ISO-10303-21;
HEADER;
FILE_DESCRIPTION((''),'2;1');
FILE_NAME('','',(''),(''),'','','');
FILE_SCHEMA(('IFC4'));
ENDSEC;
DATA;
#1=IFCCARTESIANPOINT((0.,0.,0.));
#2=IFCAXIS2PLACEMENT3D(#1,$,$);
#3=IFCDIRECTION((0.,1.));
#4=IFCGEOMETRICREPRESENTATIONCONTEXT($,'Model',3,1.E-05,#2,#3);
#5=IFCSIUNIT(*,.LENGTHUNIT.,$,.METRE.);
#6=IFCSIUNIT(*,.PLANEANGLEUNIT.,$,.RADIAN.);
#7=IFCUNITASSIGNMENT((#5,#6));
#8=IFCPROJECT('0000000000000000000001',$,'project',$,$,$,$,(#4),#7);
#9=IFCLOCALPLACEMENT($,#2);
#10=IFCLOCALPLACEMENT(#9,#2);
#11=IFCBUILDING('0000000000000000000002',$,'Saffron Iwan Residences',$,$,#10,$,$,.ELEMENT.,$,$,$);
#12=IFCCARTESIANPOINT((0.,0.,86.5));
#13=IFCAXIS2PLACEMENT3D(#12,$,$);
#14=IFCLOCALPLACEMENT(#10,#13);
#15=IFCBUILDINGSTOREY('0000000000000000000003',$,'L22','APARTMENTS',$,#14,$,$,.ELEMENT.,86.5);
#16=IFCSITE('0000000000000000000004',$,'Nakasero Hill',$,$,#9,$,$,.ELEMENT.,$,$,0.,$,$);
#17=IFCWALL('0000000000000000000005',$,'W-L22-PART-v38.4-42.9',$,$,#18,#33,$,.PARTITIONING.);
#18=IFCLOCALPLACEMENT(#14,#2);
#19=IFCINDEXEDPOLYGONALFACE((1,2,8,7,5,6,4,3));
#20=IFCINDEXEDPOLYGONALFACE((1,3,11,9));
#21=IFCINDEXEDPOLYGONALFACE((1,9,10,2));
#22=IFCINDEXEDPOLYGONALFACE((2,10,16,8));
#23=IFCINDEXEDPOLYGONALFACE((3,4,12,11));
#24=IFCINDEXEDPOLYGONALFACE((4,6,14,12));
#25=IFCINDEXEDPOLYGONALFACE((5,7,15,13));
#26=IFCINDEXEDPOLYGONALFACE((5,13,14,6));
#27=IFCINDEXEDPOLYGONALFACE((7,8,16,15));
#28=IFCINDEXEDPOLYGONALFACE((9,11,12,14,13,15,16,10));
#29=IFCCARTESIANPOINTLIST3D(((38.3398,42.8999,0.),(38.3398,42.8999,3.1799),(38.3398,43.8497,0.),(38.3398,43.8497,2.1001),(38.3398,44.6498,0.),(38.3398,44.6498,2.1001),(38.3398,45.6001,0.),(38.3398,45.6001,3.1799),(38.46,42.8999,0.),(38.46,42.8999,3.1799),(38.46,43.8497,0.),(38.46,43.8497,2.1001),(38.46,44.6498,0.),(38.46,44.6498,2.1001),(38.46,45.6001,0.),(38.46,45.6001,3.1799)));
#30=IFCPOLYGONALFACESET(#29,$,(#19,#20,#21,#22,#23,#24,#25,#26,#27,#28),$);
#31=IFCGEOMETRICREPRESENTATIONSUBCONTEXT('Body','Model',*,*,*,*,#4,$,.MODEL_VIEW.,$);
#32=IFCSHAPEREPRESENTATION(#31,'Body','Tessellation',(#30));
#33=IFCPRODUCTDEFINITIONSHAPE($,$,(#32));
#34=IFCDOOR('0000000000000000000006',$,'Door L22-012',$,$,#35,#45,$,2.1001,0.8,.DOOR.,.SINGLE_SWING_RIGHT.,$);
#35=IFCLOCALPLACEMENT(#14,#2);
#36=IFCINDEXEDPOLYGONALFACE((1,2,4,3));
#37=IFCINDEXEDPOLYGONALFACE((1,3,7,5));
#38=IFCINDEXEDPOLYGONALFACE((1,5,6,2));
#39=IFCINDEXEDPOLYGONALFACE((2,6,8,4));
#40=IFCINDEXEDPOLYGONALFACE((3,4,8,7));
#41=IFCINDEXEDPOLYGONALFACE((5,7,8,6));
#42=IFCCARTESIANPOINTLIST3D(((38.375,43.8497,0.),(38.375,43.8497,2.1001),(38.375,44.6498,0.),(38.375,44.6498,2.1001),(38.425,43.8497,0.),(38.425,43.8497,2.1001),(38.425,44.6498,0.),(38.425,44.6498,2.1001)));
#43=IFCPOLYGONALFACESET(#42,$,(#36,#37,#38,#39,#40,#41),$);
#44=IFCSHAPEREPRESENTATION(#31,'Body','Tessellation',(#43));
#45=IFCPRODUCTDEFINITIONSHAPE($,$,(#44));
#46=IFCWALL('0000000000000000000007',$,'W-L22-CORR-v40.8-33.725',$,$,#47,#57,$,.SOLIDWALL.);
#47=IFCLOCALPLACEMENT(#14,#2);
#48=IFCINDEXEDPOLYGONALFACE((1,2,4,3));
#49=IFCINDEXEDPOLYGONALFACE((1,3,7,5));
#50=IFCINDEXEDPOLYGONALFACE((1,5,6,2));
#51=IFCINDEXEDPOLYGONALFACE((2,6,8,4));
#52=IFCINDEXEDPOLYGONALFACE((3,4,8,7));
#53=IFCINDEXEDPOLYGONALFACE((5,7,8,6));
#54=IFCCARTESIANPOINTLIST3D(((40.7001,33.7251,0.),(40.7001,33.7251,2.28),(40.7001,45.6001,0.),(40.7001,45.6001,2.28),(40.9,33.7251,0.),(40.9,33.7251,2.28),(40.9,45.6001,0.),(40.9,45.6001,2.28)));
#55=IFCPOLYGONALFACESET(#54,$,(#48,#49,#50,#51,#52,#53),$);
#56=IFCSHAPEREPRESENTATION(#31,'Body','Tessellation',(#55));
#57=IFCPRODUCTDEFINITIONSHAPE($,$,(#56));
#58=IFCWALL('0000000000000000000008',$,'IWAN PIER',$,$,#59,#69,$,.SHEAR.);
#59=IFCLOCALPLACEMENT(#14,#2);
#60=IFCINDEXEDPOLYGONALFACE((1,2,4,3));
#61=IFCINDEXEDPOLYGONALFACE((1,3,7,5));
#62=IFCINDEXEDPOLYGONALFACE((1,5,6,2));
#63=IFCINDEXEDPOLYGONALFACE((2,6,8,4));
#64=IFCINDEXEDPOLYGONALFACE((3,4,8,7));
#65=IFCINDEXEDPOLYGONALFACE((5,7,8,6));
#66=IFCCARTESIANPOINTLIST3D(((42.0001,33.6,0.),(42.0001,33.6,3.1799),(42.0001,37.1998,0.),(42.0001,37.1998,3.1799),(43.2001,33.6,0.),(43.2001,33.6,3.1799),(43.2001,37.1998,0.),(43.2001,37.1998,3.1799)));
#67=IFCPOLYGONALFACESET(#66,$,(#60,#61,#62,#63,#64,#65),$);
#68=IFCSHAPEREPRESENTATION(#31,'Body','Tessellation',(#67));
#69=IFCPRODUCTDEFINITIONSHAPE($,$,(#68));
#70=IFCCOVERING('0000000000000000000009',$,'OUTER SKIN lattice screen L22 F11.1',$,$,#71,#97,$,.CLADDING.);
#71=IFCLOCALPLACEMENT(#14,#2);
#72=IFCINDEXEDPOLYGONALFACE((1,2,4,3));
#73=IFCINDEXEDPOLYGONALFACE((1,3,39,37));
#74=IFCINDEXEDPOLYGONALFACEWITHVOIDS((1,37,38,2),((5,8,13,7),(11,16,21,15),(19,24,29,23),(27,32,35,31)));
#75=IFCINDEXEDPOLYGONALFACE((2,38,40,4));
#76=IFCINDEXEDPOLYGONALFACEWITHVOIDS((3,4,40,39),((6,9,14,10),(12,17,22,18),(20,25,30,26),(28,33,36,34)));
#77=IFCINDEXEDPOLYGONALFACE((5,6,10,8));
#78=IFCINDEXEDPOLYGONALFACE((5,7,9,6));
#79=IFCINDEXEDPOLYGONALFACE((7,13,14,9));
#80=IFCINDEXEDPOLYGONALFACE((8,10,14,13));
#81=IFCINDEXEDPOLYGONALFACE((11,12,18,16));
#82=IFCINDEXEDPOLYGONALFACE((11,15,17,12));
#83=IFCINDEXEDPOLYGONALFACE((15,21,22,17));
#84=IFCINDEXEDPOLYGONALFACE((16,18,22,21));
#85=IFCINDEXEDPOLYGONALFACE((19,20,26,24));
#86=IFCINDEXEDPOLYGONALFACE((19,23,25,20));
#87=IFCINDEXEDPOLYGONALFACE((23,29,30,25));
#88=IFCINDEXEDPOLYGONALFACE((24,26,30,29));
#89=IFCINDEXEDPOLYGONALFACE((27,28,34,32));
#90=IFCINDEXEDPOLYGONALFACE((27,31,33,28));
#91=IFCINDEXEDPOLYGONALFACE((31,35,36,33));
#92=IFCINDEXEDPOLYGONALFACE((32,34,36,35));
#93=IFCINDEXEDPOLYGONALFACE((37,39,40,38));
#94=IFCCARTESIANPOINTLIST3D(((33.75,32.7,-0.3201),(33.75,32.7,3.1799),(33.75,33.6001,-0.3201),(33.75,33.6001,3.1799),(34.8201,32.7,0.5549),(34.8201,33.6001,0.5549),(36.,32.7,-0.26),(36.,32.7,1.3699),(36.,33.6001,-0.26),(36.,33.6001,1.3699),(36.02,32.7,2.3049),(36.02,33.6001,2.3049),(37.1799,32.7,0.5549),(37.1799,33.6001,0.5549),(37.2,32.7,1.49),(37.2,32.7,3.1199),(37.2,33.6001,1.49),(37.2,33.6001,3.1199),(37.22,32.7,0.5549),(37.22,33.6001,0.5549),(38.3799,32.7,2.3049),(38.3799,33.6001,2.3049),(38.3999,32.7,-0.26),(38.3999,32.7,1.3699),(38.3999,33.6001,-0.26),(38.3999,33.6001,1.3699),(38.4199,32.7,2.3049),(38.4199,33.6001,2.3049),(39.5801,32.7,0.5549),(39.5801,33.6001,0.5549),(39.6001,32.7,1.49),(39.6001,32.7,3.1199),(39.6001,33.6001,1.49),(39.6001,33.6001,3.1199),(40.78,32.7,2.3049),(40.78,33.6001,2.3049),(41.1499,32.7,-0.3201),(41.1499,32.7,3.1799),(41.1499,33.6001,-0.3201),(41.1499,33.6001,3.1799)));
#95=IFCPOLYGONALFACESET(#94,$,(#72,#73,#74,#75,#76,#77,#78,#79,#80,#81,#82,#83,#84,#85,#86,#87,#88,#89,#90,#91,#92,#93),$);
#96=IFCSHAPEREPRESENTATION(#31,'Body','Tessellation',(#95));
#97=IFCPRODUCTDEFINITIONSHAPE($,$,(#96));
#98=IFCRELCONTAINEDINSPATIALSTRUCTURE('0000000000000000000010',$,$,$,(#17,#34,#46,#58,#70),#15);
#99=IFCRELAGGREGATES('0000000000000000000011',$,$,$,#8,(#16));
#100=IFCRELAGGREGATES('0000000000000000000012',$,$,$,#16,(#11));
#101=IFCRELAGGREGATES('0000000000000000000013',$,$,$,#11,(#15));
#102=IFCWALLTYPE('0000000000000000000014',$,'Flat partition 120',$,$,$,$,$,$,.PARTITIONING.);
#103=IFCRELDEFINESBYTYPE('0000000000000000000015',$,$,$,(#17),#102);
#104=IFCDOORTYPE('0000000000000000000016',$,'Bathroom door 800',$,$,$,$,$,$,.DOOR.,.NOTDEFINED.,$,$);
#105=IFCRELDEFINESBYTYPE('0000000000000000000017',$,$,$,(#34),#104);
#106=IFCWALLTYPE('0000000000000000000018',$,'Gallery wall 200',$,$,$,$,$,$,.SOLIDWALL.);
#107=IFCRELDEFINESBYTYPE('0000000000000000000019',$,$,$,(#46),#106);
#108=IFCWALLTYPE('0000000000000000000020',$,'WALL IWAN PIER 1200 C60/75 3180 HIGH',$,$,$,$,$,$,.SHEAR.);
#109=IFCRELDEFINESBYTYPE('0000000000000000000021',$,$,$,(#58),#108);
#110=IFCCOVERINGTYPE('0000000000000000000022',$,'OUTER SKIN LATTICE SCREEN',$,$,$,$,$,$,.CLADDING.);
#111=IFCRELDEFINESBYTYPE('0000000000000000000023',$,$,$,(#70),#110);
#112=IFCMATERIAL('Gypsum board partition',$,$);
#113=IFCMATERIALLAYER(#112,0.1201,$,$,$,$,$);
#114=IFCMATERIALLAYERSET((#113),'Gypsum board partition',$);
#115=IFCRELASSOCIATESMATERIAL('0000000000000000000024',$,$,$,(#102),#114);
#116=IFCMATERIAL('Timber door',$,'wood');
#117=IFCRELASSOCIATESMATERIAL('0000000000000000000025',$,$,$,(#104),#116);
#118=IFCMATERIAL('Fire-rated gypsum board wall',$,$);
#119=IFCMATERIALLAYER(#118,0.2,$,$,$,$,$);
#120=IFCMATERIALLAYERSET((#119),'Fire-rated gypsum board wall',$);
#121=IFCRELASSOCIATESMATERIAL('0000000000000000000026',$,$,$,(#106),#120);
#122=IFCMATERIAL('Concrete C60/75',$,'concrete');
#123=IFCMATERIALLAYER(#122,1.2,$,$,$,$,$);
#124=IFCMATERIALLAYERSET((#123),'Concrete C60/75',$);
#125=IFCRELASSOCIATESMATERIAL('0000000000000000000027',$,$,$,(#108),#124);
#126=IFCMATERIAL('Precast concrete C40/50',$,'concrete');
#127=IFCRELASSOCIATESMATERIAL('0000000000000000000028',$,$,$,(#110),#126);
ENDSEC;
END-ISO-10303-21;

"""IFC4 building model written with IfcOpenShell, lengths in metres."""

from ifc_helpers import new_model, si_unit, direction, frame, frame_2d, origin, place, context, subcontext, project, spatial, polyline, rectangle, outline, extrude, material, layer, layer_set, type_object, element, fill, save


model = new_model("IFC4")

# Units and contexts
model_context = context("Model", 3, precision=1e-05, world=origin(), true_north=direction((0.0, 1.0)))
body_context = subcontext(model_context, "Body", "Model", "MODEL_VIEW")
ifc_project = project(units=[si_unit("LENGTHUNIT", "METRE"), si_unit("PLANEANGLEUNIT", "RADIAN")], contexts=[model_context])

# Site, building, storey
site_placement = place(None, origin())
site = spatial("IfcSite", under=ifc_project, at=site_placement, Name="Nakasero Hill", CompositionType="ELEMENT", RefElevation=0.0)
building_placement = place(site_placement, origin())
building = spatial("IfcBuilding", under=site, at=building_placement, Name="Saffron Iwan Residences", CompositionType="ELEMENT")
storey_placement = place(building_placement, frame((0.0, 0.0, 86.5)))
storey = spatial("IfcBuildingStorey", under=building, at=storey_placement, Name="L22", Description="APARTMENTS", CompositionType="ELEMENT", Elevation=86.5)

# Shared definitions
ifc_material_1 = material(Name="Concrete C60/75", Category="concrete")

# Shared definitions
ifc_material_2 = material(Name="Gypsum board partition")
ifc_layer_1 = layer(ifc_material_2, 0.1201)
ifc_layer_set_1 = layer_set([ifc_layer_1], Name="Gypsum board partition")
wall_type_1 = type_object("IfcWallType", Name="Flat partition 120", PredefinedType="PARTITIONING", material=ifc_layer_set_1)

# Wall, opening, door
ifc_material_3 = material(Name="Timber door", Category="wood")
wall_1_placement = place(storey_placement, frame((38.3999, 42.8999, 0.0), z_axis=(0.0, 0.0, 1.0), x_axis=(0.0, 1.0, 0.0)))
wall_1 = element("IfcWall", 1, at=wall_1_placement, inside=storey, type_object=wall_type_1, Name="W-L22-PART-v38.4-42.9", PredefinedType="PARTITIONING", context=body_context, shape_type="SweptSolid", body=[
    extrude(rectangle(XDim=2.7002, YDim=0.1201, at=frame_2d((1.3501, 0.0))), origin(), (0.0, 0.0, 1.0), 3.1799),
])
opening_1_placement = place(wall_1_placement, frame((0.95, 0.0, 0.0)))
opening_1 = element("IfcOpeningElement", 2, at=opening_1_placement, cuts=wall_1, PredefinedType="OPENING", context=body_context, shape_type="SweptSolid", body=[
    extrude(rectangle(XDim=0.8, YDim=2.1001, at=frame_2d((0.3999, 1.05))), frame((0.0, 0.0701, 0.0), z_axis=(0.0, -1.0, 0.0), x_axis=(1.0, 0.0, 0.0)), (0.0, 0.0, 1.0), 0.1401),
])
door_type_1 = type_object("IfcDoorType", Name="Bathroom door 800", OperationType="NOTDEFINED", PredefinedType="DOOR", material=ifc_material_3)
door_1_placement = place(opening_1_placement, origin())
door_1 = element("IfcDoor", 3, at=door_1_placement, inside=storey, type_object=door_type_1, Name="Door L22-012", OperationType="SINGLE_SWING_RIGHT", OverallHeight=2.1001, OverallWidth=0.8, PredefinedType="DOOR", context=body_context, shape_type="SweptSolid", body=[
    extrude(rectangle(XDim=0.8, YDim=2.1001, at=frame_2d((0.3999, 1.05))), frame((0.0, 0.0249, 0.0), z_axis=(0.0, -1.0, 0.0), x_axis=(1.0, 0.0, 0.0)), (0.0, 0.0, 1.0), 0.05),
])
fill(opening_1, door_1)

# Walls
ifc_material_4 = material(Name="Fire-rated gypsum board wall")
ifc_layer_2 = layer(ifc_material_4, 0.2)
ifc_layer_set_2 = layer_set([ifc_layer_2], Name="Fire-rated gypsum board wall")
wall_type_2 = type_object("IfcWallType", Name="Gallery wall 200", PredefinedType="SOLIDWALL", material=ifc_layer_set_2)
wall_2_placement = place(storey_placement, frame((40.8, 33.7251, 0.0), z_axis=(0.0, 0.0, 1.0), x_axis=(0.0, 1.0, 0.0)))
element("IfcWall", 4, at=wall_2_placement, inside=storey, type_object=wall_type_2, Name="W-L22-CORR-v40.8-33.725", PredefinedType="SOLIDWALL", context=body_context, shape_type="SweptSolid", body=[
    extrude(rectangle(XDim=11.875, YDim=0.2, at=frame_2d((5.9375, 0.0))), origin(), (0.0, 0.0, 1.0), 2.28),
])
ifc_layer_3 = layer(ifc_material_1, 1.2)
ifc_layer_set_3 = layer_set([ifc_layer_3], Name="Concrete C60/75")
wall_type_3 = type_object("IfcWallType", Name="WALL IWAN PIER 1200 C60/75 3180 HIGH", PredefinedType="SHEAR", material=ifc_layer_set_3)
wall_3_placement = place(storey_placement, frame((42.6001, 33.6001, 0.0), z_axis=(0.0, 0.0, 1.0), x_axis=(0.0, 1.0, 0.0)))
element("IfcWall", 5, at=wall_3_placement, inside=storey, type_object=wall_type_3, Name="IWAN PIER", PredefinedType="SHEAR", context=body_context, shape_type="SweptSolid", body=[
    extrude(rectangle(XDim=3.5999, YDim=1.2, at=frame_2d((1.7998, 0.0))), origin(), (0.0, 0.0, 1.0), 3.1799),
])

# Covering
ifc_material_5 = material(Name="Precast concrete C40/50", Category="concrete")
covering_type = type_object("IfcCoveringType", Name="OUTER SKIN LATTICE SCREEN", PredefinedType="CLADDING", material=ifc_material_5)
covering_placement = place(storey_placement, frame((33.75, 33.6001, -0.3201), z_axis=(0.0, -1.0, 0.0), x_axis=(1.0, 0.0, 0.0)))
element("IfcCovering", 6, at=covering_placement, inside=storey, type_object=covering_type, Name="OUTER SKIN lattice screen L22 F11.1", PredefinedType="CLADDING", context=body_context, shape_type="SweptSolid", body=[
    extrude(outline(polyline([(0.0, 0.0), (7.3999, 0.0), (7.3999, 3.5), (0.0, 3.5), (0.0, 0.0)]), holes=[polyline([(1.0701, 0.875), (2.25, 0.0601), (3.4299, 0.875), (2.25, 1.6899), (1.0701, 0.875)]), polyline([(3.47, 0.875), (4.6499, 0.0601), (5.8301, 0.875), (4.6499, 1.6899), (3.47, 0.875)]), polyline([(2.27, 2.625), (3.45, 1.8101), (4.6299, 2.625), (3.45, 3.4399), (2.27, 2.625)]), polyline([(4.6699, 2.625), (5.8501, 1.8101), (7.03, 2.625), (5.8501, 3.4399), (4.6699, 2.625)])]), origin(), (0.0, 0.0, 1.0), 0.9001),
])

save(model, "model.ifc")
